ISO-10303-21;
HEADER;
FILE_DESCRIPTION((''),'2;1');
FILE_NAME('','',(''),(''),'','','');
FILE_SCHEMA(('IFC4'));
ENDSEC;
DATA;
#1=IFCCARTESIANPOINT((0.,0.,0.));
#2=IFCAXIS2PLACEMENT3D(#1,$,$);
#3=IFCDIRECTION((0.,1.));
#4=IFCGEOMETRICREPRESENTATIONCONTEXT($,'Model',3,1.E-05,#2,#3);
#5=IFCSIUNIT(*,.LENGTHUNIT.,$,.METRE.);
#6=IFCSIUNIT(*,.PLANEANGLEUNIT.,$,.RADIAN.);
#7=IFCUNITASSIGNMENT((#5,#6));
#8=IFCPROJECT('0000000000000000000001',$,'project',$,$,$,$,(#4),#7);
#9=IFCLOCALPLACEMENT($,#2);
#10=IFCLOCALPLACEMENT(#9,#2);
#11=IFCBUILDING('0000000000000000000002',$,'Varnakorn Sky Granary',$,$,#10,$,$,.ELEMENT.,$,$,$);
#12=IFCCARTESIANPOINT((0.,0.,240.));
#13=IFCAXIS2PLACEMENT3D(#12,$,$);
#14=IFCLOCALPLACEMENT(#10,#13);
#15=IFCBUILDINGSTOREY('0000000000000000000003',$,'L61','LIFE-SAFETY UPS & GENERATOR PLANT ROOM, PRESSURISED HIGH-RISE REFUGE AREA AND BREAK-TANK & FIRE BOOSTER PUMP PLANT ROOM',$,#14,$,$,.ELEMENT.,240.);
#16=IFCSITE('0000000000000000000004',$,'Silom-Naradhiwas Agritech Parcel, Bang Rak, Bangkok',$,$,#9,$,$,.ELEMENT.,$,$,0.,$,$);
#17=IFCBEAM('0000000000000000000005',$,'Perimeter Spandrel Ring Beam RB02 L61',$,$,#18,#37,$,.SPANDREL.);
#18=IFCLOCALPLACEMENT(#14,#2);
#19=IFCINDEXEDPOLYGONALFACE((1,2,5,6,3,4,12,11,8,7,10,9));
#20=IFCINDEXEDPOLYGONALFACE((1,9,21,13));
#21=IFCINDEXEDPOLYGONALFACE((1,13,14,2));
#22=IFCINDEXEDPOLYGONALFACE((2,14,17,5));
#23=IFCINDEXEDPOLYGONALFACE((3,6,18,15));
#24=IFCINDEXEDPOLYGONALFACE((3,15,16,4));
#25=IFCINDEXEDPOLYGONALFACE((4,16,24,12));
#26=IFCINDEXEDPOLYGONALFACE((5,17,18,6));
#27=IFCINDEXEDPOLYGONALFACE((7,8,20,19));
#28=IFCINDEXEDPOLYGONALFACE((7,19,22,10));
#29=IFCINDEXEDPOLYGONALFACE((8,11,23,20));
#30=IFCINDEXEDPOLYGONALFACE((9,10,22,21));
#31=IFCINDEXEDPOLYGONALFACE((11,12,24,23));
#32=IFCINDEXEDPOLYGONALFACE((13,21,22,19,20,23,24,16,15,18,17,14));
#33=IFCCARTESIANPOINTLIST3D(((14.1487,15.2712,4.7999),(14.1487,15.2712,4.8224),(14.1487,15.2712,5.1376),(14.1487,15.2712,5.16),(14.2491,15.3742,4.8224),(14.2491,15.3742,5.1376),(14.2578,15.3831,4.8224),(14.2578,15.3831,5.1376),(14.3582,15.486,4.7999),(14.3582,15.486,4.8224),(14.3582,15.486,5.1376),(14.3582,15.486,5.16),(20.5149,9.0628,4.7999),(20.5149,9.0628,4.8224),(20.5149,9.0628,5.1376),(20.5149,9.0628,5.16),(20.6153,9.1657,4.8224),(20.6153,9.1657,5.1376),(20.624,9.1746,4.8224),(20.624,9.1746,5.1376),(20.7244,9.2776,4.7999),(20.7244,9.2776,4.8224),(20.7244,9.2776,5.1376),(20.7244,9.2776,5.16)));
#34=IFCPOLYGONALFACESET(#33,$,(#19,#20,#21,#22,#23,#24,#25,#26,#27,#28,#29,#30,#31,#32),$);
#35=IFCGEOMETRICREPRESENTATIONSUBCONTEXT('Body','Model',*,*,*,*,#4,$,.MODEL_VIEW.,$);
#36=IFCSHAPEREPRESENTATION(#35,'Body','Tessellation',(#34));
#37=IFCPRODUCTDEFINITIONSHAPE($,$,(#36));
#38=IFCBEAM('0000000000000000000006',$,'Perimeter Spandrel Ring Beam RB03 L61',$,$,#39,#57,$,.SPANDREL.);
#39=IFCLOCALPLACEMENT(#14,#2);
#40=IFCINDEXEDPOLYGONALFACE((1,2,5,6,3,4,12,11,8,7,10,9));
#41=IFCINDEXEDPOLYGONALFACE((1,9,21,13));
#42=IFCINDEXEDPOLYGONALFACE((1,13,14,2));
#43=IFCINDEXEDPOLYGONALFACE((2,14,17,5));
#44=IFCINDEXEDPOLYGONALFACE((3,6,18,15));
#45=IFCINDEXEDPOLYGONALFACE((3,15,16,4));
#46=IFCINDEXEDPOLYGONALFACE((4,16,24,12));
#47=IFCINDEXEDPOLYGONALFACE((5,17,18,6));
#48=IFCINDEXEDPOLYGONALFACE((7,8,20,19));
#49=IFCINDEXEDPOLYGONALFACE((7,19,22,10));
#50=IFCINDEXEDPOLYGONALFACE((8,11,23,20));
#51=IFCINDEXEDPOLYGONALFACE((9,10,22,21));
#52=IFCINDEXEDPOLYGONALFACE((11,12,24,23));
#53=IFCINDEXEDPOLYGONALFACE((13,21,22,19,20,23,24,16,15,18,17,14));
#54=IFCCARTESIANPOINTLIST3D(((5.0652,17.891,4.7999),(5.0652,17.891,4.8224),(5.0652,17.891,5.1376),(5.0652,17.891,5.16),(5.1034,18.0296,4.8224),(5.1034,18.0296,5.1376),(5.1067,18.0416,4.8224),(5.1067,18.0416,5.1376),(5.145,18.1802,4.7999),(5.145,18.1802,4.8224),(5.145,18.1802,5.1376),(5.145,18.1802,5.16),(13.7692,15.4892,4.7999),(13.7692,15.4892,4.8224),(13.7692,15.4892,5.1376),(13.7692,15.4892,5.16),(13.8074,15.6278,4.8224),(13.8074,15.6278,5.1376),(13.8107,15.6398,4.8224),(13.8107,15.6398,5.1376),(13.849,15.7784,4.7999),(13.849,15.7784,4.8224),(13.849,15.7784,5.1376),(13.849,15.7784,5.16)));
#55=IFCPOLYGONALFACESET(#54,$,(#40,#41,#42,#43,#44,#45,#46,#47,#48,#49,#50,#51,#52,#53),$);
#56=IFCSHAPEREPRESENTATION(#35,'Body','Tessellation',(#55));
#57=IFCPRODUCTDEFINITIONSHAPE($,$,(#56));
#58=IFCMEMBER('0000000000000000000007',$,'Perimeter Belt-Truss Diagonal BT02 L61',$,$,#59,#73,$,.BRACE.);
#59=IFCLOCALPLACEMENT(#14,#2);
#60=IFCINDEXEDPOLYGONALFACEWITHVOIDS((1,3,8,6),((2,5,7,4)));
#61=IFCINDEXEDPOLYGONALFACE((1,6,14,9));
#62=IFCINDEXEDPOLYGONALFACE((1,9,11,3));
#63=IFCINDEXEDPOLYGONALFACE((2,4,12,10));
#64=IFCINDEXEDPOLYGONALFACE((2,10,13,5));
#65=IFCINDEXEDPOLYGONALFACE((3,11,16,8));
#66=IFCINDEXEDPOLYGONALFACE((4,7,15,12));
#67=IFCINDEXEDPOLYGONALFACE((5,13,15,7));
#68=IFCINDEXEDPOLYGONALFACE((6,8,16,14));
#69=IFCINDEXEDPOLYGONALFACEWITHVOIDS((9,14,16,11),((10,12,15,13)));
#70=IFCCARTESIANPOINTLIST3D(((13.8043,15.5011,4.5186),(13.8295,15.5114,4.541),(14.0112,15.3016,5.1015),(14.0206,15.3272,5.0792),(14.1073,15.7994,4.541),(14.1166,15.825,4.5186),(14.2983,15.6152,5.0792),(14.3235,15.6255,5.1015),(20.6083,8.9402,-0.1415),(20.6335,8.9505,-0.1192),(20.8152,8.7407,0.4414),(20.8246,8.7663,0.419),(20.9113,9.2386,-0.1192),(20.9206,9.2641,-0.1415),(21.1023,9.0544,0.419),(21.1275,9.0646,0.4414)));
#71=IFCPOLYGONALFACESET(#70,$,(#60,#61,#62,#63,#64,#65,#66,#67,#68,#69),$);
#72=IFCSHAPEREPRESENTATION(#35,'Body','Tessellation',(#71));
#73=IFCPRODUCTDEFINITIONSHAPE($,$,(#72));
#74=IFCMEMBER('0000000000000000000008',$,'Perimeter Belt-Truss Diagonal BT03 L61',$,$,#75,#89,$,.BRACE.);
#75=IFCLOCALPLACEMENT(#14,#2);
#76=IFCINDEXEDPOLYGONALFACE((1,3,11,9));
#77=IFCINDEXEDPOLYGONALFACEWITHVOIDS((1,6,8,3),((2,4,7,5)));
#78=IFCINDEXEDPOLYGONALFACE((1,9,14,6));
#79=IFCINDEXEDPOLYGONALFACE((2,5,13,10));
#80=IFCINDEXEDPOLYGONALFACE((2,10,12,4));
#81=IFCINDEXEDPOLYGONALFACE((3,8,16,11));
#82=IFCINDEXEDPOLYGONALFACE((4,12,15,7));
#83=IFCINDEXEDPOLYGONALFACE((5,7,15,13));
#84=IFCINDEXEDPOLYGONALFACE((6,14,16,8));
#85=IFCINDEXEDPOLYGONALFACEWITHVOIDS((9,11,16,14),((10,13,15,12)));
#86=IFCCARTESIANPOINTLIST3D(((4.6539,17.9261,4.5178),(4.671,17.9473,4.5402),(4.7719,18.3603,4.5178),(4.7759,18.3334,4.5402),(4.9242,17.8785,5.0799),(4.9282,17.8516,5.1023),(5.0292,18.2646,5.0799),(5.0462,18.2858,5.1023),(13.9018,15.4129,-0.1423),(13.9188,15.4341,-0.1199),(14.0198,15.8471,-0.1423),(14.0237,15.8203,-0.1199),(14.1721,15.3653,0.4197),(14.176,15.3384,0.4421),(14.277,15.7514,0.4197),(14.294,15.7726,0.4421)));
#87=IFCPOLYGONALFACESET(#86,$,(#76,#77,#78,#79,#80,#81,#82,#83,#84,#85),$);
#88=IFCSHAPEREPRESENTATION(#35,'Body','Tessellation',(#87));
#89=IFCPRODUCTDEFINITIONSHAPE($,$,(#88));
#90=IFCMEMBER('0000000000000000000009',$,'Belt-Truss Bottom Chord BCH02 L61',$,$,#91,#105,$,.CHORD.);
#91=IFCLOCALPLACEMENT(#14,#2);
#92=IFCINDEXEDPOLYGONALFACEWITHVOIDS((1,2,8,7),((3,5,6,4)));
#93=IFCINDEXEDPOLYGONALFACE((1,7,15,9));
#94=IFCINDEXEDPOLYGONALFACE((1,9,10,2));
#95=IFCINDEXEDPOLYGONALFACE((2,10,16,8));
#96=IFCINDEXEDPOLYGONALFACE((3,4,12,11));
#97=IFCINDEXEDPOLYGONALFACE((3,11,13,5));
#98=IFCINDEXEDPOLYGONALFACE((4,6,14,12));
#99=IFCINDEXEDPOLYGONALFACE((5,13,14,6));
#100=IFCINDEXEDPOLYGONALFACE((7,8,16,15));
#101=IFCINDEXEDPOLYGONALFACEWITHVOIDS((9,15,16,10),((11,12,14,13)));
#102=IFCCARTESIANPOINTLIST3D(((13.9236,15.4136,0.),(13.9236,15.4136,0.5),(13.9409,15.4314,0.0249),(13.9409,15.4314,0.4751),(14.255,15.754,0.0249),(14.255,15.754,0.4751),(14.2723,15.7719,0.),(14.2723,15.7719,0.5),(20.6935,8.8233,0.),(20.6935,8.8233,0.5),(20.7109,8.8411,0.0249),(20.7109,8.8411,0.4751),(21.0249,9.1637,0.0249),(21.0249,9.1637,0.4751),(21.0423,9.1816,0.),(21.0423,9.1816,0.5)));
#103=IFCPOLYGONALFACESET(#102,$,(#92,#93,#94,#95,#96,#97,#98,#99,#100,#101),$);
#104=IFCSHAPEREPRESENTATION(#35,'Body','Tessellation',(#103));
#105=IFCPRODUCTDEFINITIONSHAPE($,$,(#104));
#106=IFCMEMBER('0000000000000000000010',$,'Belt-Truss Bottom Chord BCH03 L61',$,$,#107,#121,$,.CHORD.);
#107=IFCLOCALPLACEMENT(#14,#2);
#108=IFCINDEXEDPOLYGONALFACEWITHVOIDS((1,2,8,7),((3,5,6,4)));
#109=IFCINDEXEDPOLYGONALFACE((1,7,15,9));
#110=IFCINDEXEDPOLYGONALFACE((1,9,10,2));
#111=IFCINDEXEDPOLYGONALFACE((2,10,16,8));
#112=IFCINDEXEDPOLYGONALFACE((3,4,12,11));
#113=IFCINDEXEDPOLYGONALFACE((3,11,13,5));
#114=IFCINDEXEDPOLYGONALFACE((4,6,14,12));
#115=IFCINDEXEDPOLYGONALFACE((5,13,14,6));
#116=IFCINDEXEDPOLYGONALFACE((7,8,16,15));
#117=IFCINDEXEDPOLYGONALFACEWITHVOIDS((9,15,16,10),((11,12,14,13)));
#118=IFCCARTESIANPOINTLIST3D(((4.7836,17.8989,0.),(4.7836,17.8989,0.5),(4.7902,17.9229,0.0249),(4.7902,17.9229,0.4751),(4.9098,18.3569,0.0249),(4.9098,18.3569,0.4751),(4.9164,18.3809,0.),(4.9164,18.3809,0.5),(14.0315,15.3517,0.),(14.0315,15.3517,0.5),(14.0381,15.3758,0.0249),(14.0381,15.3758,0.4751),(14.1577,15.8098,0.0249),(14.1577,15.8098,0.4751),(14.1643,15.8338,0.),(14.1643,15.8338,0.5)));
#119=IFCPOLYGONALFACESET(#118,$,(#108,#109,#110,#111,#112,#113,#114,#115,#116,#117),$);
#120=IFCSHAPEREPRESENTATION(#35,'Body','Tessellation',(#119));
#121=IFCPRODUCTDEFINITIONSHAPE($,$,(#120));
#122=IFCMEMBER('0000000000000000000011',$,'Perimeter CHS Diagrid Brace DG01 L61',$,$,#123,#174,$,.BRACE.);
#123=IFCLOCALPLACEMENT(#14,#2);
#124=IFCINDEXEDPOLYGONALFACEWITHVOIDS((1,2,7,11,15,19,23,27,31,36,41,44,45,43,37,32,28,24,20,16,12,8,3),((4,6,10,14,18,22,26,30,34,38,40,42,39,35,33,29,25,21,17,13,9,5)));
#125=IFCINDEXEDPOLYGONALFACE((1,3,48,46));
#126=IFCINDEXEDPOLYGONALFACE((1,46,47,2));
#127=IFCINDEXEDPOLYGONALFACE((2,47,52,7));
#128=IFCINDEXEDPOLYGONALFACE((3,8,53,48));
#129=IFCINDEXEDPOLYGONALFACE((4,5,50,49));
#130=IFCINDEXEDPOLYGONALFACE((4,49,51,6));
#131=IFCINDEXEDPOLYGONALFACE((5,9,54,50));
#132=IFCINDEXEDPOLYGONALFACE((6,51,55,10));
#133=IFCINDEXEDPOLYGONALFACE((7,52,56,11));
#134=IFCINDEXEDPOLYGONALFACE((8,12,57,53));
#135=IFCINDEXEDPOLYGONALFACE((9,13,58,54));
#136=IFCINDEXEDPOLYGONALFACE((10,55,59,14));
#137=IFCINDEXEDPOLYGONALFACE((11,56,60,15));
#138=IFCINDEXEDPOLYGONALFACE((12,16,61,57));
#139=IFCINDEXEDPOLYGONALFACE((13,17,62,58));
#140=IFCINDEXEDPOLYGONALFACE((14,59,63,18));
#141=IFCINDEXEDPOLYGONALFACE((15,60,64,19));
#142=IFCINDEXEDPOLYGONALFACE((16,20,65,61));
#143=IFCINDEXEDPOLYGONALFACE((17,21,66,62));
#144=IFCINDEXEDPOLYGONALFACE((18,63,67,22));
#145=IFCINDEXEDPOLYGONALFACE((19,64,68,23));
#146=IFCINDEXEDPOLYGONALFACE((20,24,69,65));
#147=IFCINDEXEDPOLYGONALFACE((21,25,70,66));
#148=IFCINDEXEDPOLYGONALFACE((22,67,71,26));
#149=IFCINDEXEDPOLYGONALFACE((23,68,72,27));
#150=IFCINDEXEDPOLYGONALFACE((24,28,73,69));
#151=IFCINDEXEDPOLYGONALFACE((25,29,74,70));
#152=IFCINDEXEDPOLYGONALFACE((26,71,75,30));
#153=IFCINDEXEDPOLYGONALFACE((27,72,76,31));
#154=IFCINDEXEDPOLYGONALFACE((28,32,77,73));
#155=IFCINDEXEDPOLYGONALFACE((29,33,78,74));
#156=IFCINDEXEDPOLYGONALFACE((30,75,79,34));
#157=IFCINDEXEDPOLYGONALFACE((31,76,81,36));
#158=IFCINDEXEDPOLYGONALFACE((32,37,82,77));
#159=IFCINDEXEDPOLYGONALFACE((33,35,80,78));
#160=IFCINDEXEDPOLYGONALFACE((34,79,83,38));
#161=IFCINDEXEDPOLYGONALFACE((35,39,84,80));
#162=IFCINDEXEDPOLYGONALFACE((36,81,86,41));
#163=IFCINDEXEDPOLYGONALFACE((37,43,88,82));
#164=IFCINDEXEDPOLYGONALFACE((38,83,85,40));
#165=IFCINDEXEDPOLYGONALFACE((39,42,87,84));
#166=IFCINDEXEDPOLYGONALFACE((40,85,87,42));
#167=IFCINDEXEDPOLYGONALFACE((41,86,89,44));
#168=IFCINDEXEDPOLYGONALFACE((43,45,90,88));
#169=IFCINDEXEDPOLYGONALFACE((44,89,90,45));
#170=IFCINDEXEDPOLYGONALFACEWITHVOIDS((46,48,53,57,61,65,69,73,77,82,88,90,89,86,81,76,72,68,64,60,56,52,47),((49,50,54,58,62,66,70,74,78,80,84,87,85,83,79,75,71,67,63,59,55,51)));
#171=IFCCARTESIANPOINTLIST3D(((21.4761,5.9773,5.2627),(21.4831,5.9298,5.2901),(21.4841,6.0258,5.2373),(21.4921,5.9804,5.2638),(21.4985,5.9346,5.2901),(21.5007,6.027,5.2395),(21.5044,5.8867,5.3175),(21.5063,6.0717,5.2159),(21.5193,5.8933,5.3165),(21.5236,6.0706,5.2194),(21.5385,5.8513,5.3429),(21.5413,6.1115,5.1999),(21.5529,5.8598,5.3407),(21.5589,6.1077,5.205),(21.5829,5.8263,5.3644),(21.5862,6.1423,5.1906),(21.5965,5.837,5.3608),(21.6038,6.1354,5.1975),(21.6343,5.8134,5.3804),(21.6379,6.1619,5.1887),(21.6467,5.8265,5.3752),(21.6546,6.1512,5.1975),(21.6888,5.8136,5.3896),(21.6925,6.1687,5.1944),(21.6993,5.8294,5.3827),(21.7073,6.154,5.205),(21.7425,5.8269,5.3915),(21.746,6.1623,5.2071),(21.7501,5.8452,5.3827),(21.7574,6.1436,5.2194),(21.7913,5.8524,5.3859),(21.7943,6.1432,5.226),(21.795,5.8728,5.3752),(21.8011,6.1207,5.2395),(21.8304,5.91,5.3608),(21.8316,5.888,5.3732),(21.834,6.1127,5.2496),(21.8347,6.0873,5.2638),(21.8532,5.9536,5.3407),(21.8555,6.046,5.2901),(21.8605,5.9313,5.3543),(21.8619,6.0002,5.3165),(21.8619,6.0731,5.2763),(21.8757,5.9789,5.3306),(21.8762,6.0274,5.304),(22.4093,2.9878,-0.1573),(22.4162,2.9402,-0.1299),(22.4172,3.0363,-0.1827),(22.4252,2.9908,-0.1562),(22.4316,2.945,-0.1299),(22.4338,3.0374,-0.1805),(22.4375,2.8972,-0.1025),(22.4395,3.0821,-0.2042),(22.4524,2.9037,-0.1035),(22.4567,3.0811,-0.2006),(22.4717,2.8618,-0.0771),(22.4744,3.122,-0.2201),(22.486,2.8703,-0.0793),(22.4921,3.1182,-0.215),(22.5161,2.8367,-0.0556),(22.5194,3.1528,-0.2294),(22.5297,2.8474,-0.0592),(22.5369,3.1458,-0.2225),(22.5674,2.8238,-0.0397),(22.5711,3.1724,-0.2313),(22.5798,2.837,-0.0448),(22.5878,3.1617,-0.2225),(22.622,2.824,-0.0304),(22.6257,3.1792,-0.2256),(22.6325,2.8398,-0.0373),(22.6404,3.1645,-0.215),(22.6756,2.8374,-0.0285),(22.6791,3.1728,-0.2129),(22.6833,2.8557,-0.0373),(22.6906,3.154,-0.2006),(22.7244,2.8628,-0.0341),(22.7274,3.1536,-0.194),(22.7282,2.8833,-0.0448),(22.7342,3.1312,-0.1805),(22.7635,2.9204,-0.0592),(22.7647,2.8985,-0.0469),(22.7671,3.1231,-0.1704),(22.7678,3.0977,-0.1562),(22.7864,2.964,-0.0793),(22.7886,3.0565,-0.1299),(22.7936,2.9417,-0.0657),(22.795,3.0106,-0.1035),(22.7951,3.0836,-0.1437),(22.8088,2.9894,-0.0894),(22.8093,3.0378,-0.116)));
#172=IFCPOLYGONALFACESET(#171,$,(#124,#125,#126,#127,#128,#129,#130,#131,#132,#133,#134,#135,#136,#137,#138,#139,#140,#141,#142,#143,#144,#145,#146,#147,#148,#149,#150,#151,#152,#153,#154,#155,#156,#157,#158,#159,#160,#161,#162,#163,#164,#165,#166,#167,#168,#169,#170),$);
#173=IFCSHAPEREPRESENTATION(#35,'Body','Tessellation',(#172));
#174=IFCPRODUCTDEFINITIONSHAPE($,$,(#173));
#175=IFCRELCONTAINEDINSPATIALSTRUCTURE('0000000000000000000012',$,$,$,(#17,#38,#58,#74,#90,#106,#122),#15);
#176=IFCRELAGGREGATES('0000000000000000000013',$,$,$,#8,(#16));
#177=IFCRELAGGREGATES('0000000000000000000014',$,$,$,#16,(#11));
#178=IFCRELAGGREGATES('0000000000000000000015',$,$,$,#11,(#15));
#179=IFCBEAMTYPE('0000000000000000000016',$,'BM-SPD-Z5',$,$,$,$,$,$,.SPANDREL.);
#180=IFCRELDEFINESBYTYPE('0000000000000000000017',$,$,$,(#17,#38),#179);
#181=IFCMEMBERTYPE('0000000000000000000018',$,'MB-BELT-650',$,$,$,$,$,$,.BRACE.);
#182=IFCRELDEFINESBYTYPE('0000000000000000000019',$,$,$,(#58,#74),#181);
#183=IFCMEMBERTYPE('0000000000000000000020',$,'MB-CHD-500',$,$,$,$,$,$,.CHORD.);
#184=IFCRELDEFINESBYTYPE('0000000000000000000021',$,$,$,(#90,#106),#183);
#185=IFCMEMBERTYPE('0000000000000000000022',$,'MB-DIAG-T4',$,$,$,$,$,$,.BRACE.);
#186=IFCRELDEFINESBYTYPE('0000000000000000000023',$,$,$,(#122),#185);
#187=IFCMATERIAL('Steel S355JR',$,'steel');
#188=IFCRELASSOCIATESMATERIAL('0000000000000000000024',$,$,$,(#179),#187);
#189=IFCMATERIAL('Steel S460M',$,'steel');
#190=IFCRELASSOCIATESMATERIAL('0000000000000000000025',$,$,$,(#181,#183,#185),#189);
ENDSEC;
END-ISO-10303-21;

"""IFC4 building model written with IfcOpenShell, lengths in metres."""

from ifc_helpers import new_model, si_unit, direction, frame, origin, origin_2d, place, context, subcontext, project, spatial, hollow_rectangle, hollow_circle, i_section, extrude, material, material_profile, profile_set, type_object, element, save


model = new_model("IFC4")

# Units and contexts
model_context = context("Model", 3, precision=1e-05, world=origin(), true_north=direction((0.0, 1.0)))
body_context = subcontext(model_context, "Body", "Model", "MODEL_VIEW")
ifc_project = project(units=[si_unit("LENGTHUNIT", "METRE"), si_unit("PLANEANGLEUNIT", "RADIAN")], contexts=[model_context])

# Site, building, storey
site_placement = place(None, origin())
site = spatial("IfcSite", under=ifc_project, at=site_placement, Name="Silom-Naradhiwas Agritech Parcel, Bang Rak, Bangkok", CompositionType="ELEMENT", RefElevation=0.0)
building_placement = place(site_placement, origin())
building = spatial("IfcBuilding", under=site, at=building_placement, Name="Varnakorn Sky Granary", CompositionType="ELEMENT")
storey_placement = place(building_placement, frame((0.0, 0.0, 240.0)))
storey = spatial("IfcBuildingStorey", under=building, at=storey_placement, Name="L61", Description="LIFE-SAFETY UPS & GENERATOR PLANT ROOM, PRESSURISED HIGH-RISE REFUGE AREA AND BREAK-TANK & FIRE BOOSTER PUMP PLANT ROOM", CompositionType="ELEMENT", Elevation=240.0)

# Shared definitions
ifc_material_1 = material(Name="Steel S460M", Category="steel")

# Beams
ifc_material_2 = material(Name="Steel S355JR", Category="steel")
ifc_material_profile_1 = material_profile(ifc_material_2, i_section(OverallWidth=0.3, OverallDepth=0.3601, WebThickness=0.0125, FlangeThickness=0.0225, at=origin_2d()), Name="HE 360 B")
ifc_profile_set_1 = profile_set([ifc_material_profile_1], Name="Steel S355JR")
beam_type_1 = type_object("IfcBeamType", Name="BM-SPD-Z5", PredefinedType="SPANDREL", material=ifc_profile_set_1)
beam_1_placement = place(storey_placement, frame((20.6196, 9.1702, 4.98), z_axis=(-0.715919, 0.698183, 0.0), x_axis=(-0.698183, -0.715919, 0.0)))
element("IfcBeam", 1, at=beam_1_placement, inside=storey, type_object=beam_type_1, Name="Perimeter Spandrel Ring Beam RB02 L61", PredefinedType="SPANDREL", context=body_context, shape_type="SweptSolid", body=[
    extrude(i_section(OverallWidth=0.3, OverallDepth=0.3601, WebThickness=0.0125, FlangeThickness=0.0225, at=origin_2d()), origin(), (0.0, 0.0, 1.0), 8.8923),
])
beam_2_placement = place(storey_placement, frame((13.8091, 15.6338, 4.98), z_axis=(-0.963972, 0.266004, 0.0), x_axis=(-0.266004, -0.963972, 0.0)))
element("IfcBeam", 2, at=beam_2_placement, inside=storey, type_object=beam_type_1, Name="Perimeter Spandrel Ring Beam RB03 L61", PredefinedType="SPANDREL", context=body_context, shape_type="SweptSolid", body=[
    extrude(i_section(OverallWidth=0.3, OverallDepth=0.3601, WebThickness=0.0125, FlangeThickness=0.0225, at=origin_2d()), origin(), (0.0, 0.0, 1.0), 9.0293),
])

# Members
ifc_material_profile_2 = material_profile(ifc_material_1, hollow_rectangle(XDim=0.45, YDim=0.6499, WallThickness=0.0249, at=origin_2d()), Name="RHS 450x650x25")
ifc_profile_set_2 = profile_set([ifc_material_profile_2], Name="Steel S460M")
member_type_1 = type_object("IfcMemberType", Name="MB-BELT-650", PredefinedType="BRACE", material=ifc_profile_set_2)
member_1_placement = place(storey_placement, frame((20.8679, 9.0024, 0.1499), z_axis=(-0.645643, 0.622569, 0.442213), x_axis=(-0.694126, -0.719853, 0.0)))
element("IfcMember", 3, at=member_1_placement, inside=storey, type_object=member_type_1, Name="Perimeter Belt-Truss Diagonal BT02 L61", PredefinedType="BRACE", context=body_context, shape_type="SweptSolid", body=[
    extrude(hollow_rectangle(XDim=0.45, YDim=0.6499, WallThickness=0.0249, at=origin_2d()), origin(), (0.0, 0.0, 1.0), 10.5383),
])
member_2_placement = place(storey_placement, frame((14.0979, 15.5928, 0.1499), z_axis=(-0.867832, 0.235842, 0.437318), x_axis=(-0.262249, -0.965, 0.0)))
element("IfcMember", 4, at=member_2_placement, inside=storey, type_object=member_type_1, Name="Perimeter Belt-Truss Diagonal BT03 L61", PredefinedType="BRACE", context=body_context, shape_type="SweptSolid", body=[
    extrude(hollow_rectangle(XDim=0.45, YDim=0.6499, WallThickness=0.0249, at=origin_2d()), origin(), (0.0, 0.0, 1.0), 10.6562),
])
ifc_material_profile_3 = material_profile(ifc_material_1, hollow_rectangle(XDim=0.5, YDim=0.5, WallThickness=0.0249, at=origin_2d()), Name="SHS 500x500x25")
ifc_profile_set_3 = profile_set([ifc_material_profile_3], Name="Steel S460M")
member_type_2 = type_object("IfcMemberType", Name="MB-CHD-500", PredefinedType="CHORD", material=ifc_profile_set_3)
member_3_placement = place(storey_placement, frame((20.8679, 9.0024, 0.25), z_axis=(-0.716552, 0.697534, 0.0), x_axis=(-0.697534, -0.716552, 0.0)))
element("IfcMember", 5, at=member_3_placement, inside=storey, type_object=member_type_2, Name="Belt-Truss Bottom Chord BCH02 L61", PredefinedType="CHORD", context=body_context, shape_type="SweptSolid", body=[
    extrude(hollow_rectangle(XDim=0.5, YDim=0.5, WallThickness=0.0249, at=origin_2d()), origin(), (0.0, 0.0, 1.0), 9.448),
])
member_4_placement = place(storey_placement, frame((14.0979, 15.5928, 0.25), z_axis=(-0.964099, 0.265542, 0.0), x_axis=(-0.265542, -0.964099, 0.0)))
element("IfcMember", 6, at=member_4_placement, inside=storey, type_object=member_type_2, Name="Belt-Truss Bottom Chord BCH03 L61", PredefinedType="CHORD", context=body_context, shape_type="SweptSolid", body=[
    extrude(hollow_rectangle(XDim=0.5, YDim=0.5, WallThickness=0.0249, at=origin_2d()), origin(), (0.0, 0.0, 1.0), 9.5923),
])
ifc_material_profile_4 = material_profile(ifc_material_1, hollow_circle(Radius=0.2031, WallThickness=0.0161, at=origin_2d()), Name="CHS 406.4x16")
ifc_profile_set_4 = profile_set([ifc_material_profile_4], Name="Steel S460M")
member_type_3 = type_object("IfcMemberType", Name="MB-DIAG-T4", PredefinedType="BRACE", material=ifc_profile_set_4)
member_5_placement = place(storey_placement, frame((22.6101, 3.0007, -0.1299), z_axis=(-0.149066, 0.477582, 0.865849), x_axis=(-0.954581, -0.297951, 0.0)))
element("IfcMember", 7, at=member_5_placement, inside=storey, type_object=member_type_3, Name="Perimeter CHS Diagrid Brace DG01 L61", PredefinedType="BRACE", context=body_context, shape_type="SweptSolid", body=[
    extrude(hollow_circle(Radius=0.2031, WallThickness=0.0161, at=origin_2d()), origin(), (0.0, 0.0, 1.0), 6.2598),
])

save(model, "model.ifc")
